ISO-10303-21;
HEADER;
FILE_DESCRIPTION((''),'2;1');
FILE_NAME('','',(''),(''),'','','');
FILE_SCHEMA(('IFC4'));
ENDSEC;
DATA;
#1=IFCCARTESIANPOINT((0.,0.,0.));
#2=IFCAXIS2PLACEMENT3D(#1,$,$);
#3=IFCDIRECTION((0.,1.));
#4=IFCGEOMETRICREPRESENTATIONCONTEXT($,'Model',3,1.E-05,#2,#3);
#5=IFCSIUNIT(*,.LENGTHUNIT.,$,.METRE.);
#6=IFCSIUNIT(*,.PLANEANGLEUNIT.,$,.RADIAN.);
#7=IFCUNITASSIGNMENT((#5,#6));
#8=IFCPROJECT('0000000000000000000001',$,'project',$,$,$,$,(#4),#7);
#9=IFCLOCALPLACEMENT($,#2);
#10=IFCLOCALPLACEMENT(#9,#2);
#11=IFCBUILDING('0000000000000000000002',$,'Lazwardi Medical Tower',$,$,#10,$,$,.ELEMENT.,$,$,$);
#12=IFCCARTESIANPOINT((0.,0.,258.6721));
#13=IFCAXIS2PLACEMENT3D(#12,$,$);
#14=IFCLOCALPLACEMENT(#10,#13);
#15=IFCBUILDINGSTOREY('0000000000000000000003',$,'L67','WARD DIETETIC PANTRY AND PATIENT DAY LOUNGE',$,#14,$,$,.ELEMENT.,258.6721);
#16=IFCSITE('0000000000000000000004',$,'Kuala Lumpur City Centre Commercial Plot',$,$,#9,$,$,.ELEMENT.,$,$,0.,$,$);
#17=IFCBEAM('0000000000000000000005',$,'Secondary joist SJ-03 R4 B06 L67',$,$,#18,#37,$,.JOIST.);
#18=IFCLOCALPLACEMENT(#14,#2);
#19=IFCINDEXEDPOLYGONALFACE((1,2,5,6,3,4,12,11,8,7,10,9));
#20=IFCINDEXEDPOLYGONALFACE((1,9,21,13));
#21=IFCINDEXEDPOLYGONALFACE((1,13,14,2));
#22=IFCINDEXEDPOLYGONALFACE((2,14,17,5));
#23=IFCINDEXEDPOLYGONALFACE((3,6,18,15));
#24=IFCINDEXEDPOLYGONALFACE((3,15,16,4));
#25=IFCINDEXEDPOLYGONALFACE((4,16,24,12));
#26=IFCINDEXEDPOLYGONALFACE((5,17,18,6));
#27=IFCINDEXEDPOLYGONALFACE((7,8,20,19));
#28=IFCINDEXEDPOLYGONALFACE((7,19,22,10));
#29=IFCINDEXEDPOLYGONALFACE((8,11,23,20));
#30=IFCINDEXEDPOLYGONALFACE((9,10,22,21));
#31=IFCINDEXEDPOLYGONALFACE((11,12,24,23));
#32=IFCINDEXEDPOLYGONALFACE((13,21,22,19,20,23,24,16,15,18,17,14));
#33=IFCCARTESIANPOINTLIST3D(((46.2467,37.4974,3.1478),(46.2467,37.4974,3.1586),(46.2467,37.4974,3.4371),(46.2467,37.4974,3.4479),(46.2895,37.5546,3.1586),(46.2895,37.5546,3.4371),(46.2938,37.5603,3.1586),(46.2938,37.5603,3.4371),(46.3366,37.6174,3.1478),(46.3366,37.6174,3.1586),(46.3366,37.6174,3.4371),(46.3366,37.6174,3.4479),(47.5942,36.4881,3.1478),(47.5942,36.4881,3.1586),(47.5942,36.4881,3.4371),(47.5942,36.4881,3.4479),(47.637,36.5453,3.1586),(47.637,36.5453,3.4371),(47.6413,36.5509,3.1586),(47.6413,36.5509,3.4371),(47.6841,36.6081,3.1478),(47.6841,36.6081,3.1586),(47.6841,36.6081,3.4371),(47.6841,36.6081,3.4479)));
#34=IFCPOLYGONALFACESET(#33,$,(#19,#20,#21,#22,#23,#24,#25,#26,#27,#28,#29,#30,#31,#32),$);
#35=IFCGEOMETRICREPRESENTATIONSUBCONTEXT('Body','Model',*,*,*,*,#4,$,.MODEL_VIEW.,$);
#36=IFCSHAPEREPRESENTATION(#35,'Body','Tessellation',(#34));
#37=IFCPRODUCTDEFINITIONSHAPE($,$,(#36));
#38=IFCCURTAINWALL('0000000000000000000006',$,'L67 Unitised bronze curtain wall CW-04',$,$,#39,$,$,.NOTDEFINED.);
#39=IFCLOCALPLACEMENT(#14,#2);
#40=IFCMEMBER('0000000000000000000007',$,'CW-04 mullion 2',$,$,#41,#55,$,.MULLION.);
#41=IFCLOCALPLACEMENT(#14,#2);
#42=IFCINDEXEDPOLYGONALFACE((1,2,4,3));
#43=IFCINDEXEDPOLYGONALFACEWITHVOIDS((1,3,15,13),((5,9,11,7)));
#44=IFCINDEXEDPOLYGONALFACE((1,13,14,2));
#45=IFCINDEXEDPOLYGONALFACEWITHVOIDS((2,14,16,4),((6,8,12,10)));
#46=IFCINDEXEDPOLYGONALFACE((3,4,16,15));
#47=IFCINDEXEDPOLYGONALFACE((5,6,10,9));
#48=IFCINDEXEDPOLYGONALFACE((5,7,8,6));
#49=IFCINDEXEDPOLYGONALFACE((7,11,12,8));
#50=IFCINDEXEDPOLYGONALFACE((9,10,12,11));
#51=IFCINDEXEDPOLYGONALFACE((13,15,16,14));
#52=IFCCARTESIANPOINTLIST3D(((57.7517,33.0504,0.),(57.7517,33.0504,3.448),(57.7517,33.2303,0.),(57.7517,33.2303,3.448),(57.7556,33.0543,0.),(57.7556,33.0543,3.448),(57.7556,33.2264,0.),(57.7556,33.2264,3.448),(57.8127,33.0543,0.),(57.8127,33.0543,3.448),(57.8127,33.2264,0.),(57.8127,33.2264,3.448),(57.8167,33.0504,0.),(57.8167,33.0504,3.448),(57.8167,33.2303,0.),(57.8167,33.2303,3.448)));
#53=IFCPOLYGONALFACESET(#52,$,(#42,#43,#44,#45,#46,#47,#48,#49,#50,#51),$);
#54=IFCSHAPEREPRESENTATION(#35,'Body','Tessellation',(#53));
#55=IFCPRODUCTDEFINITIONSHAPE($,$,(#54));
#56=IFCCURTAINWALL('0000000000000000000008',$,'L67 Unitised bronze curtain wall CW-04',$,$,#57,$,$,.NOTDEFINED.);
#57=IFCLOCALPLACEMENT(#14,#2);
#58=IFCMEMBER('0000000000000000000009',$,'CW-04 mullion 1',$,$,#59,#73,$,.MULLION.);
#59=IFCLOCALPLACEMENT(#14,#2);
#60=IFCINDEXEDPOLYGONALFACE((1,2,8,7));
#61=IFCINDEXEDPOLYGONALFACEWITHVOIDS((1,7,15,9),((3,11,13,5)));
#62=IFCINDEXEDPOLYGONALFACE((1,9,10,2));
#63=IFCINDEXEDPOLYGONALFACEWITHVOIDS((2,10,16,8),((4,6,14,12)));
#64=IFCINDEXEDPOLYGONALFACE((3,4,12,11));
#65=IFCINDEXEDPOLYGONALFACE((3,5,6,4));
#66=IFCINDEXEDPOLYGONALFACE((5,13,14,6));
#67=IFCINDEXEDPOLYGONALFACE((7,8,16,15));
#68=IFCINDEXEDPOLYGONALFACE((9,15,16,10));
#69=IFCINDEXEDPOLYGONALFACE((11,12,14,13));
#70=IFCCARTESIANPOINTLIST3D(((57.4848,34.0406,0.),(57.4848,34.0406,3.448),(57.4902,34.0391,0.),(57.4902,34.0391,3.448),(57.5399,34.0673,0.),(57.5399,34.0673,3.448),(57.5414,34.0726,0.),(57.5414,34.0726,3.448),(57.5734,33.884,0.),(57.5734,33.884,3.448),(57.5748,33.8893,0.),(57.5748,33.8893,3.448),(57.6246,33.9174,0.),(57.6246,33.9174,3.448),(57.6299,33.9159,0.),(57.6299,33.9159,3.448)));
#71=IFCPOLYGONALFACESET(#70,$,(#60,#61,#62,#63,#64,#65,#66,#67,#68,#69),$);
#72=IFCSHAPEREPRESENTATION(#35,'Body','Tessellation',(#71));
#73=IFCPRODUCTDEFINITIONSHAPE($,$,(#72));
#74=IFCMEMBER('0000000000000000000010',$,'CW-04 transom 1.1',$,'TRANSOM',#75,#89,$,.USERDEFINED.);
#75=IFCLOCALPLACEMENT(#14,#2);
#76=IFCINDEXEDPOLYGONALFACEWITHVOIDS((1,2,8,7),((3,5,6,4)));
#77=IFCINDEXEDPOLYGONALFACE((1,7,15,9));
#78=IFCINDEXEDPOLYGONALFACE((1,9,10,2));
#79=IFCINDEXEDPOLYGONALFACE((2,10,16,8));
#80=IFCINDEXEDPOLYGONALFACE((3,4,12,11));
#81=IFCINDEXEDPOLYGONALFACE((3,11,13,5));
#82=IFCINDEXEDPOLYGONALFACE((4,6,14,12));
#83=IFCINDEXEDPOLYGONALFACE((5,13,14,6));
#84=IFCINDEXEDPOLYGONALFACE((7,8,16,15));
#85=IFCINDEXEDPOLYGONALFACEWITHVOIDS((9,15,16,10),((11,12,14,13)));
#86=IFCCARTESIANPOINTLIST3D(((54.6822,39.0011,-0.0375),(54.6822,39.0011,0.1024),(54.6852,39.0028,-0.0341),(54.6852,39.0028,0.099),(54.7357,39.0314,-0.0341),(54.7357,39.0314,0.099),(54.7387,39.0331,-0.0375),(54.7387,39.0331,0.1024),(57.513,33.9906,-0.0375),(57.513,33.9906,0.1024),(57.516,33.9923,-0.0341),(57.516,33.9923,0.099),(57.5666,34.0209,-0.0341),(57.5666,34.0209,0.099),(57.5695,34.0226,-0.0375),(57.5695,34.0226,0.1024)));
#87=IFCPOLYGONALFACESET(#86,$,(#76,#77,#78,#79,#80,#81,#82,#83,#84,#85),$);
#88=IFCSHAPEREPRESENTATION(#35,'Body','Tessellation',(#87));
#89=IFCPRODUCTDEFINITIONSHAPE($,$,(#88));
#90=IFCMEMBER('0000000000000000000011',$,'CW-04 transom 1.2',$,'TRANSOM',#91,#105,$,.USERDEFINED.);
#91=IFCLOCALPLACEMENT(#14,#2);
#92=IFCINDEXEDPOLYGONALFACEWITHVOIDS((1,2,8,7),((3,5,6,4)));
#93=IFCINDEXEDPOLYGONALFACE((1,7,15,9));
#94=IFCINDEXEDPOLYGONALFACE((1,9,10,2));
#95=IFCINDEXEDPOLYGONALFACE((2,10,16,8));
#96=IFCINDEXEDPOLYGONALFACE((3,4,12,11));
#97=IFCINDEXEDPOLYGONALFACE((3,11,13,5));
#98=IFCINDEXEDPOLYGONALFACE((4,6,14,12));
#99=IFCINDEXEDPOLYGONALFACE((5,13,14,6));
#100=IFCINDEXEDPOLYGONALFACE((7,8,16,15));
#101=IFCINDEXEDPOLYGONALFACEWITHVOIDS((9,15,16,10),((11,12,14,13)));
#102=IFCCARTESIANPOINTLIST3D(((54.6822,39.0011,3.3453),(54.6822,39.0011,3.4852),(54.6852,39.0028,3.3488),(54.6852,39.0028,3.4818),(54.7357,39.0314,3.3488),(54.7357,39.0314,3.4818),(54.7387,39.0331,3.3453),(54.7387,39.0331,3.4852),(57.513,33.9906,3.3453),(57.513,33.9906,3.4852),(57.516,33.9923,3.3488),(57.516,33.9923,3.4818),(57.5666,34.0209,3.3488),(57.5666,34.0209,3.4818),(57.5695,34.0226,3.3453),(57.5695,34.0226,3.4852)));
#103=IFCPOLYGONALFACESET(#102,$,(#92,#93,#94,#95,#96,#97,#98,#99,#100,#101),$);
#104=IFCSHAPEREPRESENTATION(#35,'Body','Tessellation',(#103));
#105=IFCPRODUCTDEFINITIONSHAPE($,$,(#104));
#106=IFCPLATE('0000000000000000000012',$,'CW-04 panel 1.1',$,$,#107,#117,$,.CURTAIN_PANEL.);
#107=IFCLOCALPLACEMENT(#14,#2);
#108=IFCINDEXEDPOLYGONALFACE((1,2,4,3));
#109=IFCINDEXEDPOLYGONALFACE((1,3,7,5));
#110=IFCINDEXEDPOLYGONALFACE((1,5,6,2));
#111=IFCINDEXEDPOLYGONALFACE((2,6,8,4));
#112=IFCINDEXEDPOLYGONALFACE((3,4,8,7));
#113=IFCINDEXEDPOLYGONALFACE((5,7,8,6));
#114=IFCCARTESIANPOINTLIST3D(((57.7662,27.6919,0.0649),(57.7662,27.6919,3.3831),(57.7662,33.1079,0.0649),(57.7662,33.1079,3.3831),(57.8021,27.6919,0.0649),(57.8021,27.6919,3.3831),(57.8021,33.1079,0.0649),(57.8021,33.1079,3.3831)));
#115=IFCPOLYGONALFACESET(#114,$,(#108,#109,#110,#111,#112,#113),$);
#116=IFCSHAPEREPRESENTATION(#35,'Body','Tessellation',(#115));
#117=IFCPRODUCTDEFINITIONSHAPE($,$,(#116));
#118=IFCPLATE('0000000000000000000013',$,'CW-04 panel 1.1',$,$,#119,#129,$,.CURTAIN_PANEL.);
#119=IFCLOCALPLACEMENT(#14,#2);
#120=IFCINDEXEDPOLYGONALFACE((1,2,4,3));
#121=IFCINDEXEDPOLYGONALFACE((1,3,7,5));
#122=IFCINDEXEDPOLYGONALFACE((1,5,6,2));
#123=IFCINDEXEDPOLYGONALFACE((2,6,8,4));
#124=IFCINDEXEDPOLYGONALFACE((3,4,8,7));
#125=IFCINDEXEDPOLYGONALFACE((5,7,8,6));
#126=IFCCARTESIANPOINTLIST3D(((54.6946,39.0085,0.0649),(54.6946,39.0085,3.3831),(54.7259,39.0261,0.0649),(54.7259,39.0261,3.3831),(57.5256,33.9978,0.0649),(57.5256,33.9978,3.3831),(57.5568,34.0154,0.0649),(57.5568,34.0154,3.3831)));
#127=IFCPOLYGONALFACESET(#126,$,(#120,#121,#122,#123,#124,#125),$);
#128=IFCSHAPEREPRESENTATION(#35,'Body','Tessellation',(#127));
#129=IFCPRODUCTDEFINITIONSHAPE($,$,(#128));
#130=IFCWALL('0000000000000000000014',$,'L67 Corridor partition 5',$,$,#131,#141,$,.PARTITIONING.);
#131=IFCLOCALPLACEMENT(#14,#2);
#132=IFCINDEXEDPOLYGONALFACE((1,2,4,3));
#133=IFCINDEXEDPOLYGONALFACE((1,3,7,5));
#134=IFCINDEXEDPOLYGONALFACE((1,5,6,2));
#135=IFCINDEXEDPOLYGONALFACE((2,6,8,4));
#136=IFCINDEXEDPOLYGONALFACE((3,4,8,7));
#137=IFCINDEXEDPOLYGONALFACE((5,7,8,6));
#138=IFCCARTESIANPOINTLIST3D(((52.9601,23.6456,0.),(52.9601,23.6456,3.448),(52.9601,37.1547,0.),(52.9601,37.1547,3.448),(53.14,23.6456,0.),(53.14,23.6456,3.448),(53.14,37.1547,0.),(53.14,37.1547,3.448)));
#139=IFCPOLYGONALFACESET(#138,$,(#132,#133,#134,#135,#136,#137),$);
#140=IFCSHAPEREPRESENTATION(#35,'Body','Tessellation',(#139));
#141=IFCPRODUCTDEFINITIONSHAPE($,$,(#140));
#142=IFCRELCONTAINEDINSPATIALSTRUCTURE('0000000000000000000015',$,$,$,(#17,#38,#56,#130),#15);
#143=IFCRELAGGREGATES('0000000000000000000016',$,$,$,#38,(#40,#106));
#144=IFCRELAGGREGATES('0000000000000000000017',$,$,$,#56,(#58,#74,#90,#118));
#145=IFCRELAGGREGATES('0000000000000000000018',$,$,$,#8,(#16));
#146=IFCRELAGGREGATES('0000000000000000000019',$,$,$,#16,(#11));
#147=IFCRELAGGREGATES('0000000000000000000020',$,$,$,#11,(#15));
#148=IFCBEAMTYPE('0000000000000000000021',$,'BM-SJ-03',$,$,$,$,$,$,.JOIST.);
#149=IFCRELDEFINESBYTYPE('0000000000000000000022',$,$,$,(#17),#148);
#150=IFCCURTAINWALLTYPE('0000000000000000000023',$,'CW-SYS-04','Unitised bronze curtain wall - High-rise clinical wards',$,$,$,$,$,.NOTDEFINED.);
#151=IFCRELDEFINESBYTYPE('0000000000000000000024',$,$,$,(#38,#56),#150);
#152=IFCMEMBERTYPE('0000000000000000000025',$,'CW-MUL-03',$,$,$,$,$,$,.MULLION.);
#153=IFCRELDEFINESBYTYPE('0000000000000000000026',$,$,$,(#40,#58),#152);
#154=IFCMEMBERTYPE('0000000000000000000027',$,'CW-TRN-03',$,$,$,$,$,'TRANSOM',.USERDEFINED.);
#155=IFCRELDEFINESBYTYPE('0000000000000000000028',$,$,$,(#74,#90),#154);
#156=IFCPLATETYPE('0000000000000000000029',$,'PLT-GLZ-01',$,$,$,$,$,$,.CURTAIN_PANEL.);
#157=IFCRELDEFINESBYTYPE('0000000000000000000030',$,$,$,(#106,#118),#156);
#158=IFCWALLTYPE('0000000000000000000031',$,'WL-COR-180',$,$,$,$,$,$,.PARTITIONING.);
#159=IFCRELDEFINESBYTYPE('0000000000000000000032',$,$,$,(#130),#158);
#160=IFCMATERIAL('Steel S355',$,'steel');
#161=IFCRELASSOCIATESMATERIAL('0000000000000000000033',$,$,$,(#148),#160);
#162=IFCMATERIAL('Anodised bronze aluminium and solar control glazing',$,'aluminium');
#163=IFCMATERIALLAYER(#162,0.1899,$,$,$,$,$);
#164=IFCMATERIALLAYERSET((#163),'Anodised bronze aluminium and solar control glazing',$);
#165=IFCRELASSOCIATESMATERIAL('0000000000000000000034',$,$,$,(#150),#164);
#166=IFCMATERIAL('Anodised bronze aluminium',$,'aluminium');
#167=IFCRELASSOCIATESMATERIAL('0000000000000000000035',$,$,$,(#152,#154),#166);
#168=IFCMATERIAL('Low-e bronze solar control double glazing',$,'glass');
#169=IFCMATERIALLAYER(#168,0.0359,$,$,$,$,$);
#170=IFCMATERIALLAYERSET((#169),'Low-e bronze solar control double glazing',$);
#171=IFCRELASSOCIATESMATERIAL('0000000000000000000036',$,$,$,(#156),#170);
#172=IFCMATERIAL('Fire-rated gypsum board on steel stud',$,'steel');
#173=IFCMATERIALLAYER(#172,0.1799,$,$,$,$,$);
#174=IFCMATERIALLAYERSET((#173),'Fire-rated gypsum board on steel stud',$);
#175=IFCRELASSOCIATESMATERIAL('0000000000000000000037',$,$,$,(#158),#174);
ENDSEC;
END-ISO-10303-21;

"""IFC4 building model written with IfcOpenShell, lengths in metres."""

from ifc_helpers import new_model, si_unit, direction, frame, frame_2d, origin, origin_2d, place, context, subcontext, project, spatial, rectangle, hollow_rectangle, i_section, extrude, material, layer, layer_set, material_profile, profile_set, type_object, element, aggregate, save


model = new_model("IFC4")

# Units and contexts
model_context = context("Model", 3, precision=1e-05, world=origin(), true_north=direction((0.0, 1.0)))
body_context = subcontext(model_context, "Body", "Model", "MODEL_VIEW")
ifc_project = project(units=[si_unit("LENGTHUNIT", "METRE"), si_unit("PLANEANGLEUNIT", "RADIAN")], contexts=[model_context])

# Site, building, storey
site_placement = place(None, origin())
site = spatial("IfcSite", under=ifc_project, at=site_placement, Name="Kuala Lumpur City Centre Commercial Plot", CompositionType="ELEMENT", RefElevation=0.0)
building_placement = place(site_placement, origin())
building = spatial("IfcBuilding", under=site, at=building_placement, Name="Lazwardi Medical Tower", CompositionType="ELEMENT")
storey_placement = place(building_placement, frame((0.0, 0.0, 258.6721)))
storey = spatial("IfcBuildingStorey", under=building, at=storey_placement, Name="L67", Description="WARD DIETETIC PANTRY AND PATIENT DAY LOUNGE", CompositionType="ELEMENT", Elevation=258.6721)

# Beam
ifc_material_1 = material(Name="Steel S355", Category="steel")
ifc_material_profile_1 = material_profile(ifc_material_1, i_section(OverallWidth=0.1499, OverallDepth=0.3, WebThickness=0.0071, FlangeThickness=0.0107, at=origin_2d()), Name="IPE 300")
ifc_profile_set_1 = profile_set([ifc_material_profile_1], Name="Steel S355")
beam_type_1 = type_object("IfcBeamType", Name="BM-SJ-03", PredefinedType="JOIST", material=ifc_profile_set_1)
beam_1_placement = place(storey_placement, frame((47.6392, 36.5481, 3.2979), z_axis=(-0.800365, 0.599513, 0.0), x_axis=(-0.599513, -0.800365, 0.0)))
element("IfcBeam", 1, at=beam_1_placement, inside=storey, type_object=beam_type_1, Name="Secondary joist SJ-03 R4 B06 L67", PredefinedType="JOIST", context=body_context, shape_type="SweptSolid", body=[
    extrude(i_section(OverallWidth=0.1499, OverallDepth=0.3, WebThickness=0.0071, FlangeThickness=0.0107, at=origin_2d()), origin(), (0.0, 0.0, 1.0), 1.6836),
])

# Curtain wall, member
ifc_material_2 = material(Name="Anodised bronze aluminium and solar control glazing", Category="aluminium")
ifc_layer_1 = layer(ifc_material_2, 0.1899)
ifc_layer_set_1 = layer_set([ifc_layer_1], Name="Anodised bronze aluminium and solar control glazing")
curtain_wall_type = type_object("IfcCurtainWallType", Name="CW-SYS-04", Description="Unitised bronze curtain wall - High-rise clinical wards", PredefinedType="NOTDEFINED", material=ifc_layer_set_1)
curtain_wall_1_placement = place(storey_placement, origin())
curtain_wall_1 = element("IfcCurtainWall", 2, at=curtain_wall_1_placement, inside=storey, type_object=curtain_wall_type, Name="L67 Unitised bronze curtain wall CW-04", PredefinedType="NOTDEFINED")
ifc_material_3 = material(Name="Anodised bronze aluminium", Category="aluminium")
ifc_material_profile_2 = material_profile(ifc_material_3, hollow_rectangle(XDim=0.0649, YDim=0.1799, WallThickness=0.0039, at=origin_2d()), Name="ALU-MULLION 180x65x4")
ifc_profile_set_2 = profile_set([ifc_material_profile_2], Name="Anodised bronze aluminium")
member_type_1 = type_object("IfcMemberType", Name="CW-MUL-03", PredefinedType="MULLION", material=ifc_profile_set_2)
member_1_placement = place(storey_placement, frame((57.7842, 33.1404, 0.0), z_axis=(0.0, 0.0, 1.0), x_axis=(-1.0, 0.0, 0.0)))
member_1 = element("IfcMember", 3, at=member_1_placement, type_object=member_type_1, Name="CW-04 mullion 2", PredefinedType="MULLION", context=body_context, shape_type="SweptSolid", body=[
    extrude(hollow_rectangle(XDim=0.0649, YDim=0.1799, WallThickness=0.0039, at=origin_2d()), origin(), (0.0, 0.0, 1.0), 3.448),
])

# Curtain wall, members
curtain_wall_2_placement = place(storey_placement, origin())
curtain_wall_2 = element("IfcCurtainWall", 4, at=curtain_wall_2_placement, inside=storey, type_object=curtain_wall_type, Name="L67 Unitised bronze curtain wall CW-04", PredefinedType="NOTDEFINED")
member_2_placement = place(storey_placement, frame((57.5574, 33.9783, 0.0), z_axis=(0.0, 0.0, 1.0), x_axis=(-0.870651, -0.4919, 0.0)))
member_2 = element("IfcMember", 5, at=member_2_placement, type_object=member_type_1, Name="CW-04 mullion 1", PredefinedType="MULLION", context=body_context, shape_type="SweptSolid", body=[
    extrude(hollow_rectangle(XDim=0.0649, YDim=0.1799, WallThickness=0.0039, at=origin_2d()), origin(), (0.0, 0.0, 1.0), 3.448),
])
ifc_material_profile_3 = material_profile(ifc_material_3, hollow_rectangle(XDim=0.0649, YDim=0.1399, WallThickness=0.0034, at=origin_2d()), Name="ALU-TRANSOM 140x65x3.5")
ifc_profile_set_3 = profile_set([ifc_material_profile_3], Name="Anodised bronze aluminium")
member_type_2 = type_object("IfcMemberType", Name="CW-TRN-03", ElementType="TRANSOM", PredefinedType="USERDEFINED", material=ifc_profile_set_3)
member_3_placement = place(storey_placement, frame((57.5413, 34.0066, 0.0325), z_axis=(-0.491898, 0.870653, 0.0), x_axis=(-0.870653, -0.491898, 0.0)))
member_3 = element("IfcMember", 6, at=member_3_placement, type_object=member_type_2, Name="CW-04 transom 1.1", ObjectType="TRANSOM", PredefinedType="USERDEFINED", context=body_context, shape_type="SweptSolid", body=[
    extrude(hollow_rectangle(XDim=0.0649, YDim=0.1399, WallThickness=0.0034, at=origin_2d()), origin(), (0.0, 0.0, 1.0), 5.7549),
])
member_4_placement = place(storey_placement, frame((57.5413, 34.0066, 3.4153), z_axis=(-0.491898, 0.870653, 0.0), x_axis=(-0.870653, -0.491898, 0.0)))
member_4 = element("IfcMember", 7, at=member_4_placement, type_object=member_type_2, Name="CW-04 transom 1.2", ObjectType="TRANSOM", PredefinedType="USERDEFINED", context=body_context, shape_type="SweptSolid", body=[
    extrude(hollow_rectangle(XDim=0.0649, YDim=0.1399, WallThickness=0.0034, at=origin_2d()), origin(), (0.0, 0.0, 1.0), 5.7549),
])

# Plates
ifc_material_4 = material(Name="Low-e bronze solar control double glazing", Category="glass")
ifc_layer_2 = layer(ifc_material_4, 0.0359)
ifc_layer_set_2 = layer_set([ifc_layer_2], Name="Low-e bronze solar control double glazing")
plate_type = type_object("IfcPlateType", Name="PLT-GLZ-01", PredefinedType="CURTAIN_PANEL", material=ifc_layer_set_2)
plate_1_placement = place(storey_placement, frame((57.7842, 30.3999, 0.0649), z_axis=(0.0, 0.0, 1.0), x_axis=(0.0, 1.0, 0.0)))
plate_1 = element("IfcPlate", 8, at=plate_1_placement, type_object=plate_type, Name="CW-04 panel 1.1", PredefinedType="CURTAIN_PANEL", context=body_context, shape_type="SweptSolid", body=[
    extrude(rectangle(XDim=5.416, YDim=0.0359, at=origin_2d()), origin(), (0.0, 0.0, 1.0), 3.3181),
])
aggregate(curtain_wall_1, [member_1, plate_1])
plate_2_placement = place(storey_placement, frame((56.1257, 36.512, 0.0649), z_axis=(0.0, 0.0, 1.0), x_axis=(-0.4919, 0.870651, 0.0)))
plate_2 = element("IfcPlate", 9, at=plate_2_placement, type_object=plate_type, Name="CW-04 panel 1.1", PredefinedType="CURTAIN_PANEL", context=body_context, shape_type="SweptSolid", body=[
    extrude(rectangle(XDim=5.7551, YDim=0.0359, at=origin_2d()), origin(), (0.0, 0.0, 1.0), 3.3181),
])
aggregate(curtain_wall_2, [member_2, member_3, member_4, plate_2])

# Wall
ifc_material_5 = material(Name="Fire-rated gypsum board on steel stud", Category="steel")
ifc_layer_3 = layer(ifc_material_5, 0.1799)
ifc_layer_set_3 = layer_set([ifc_layer_3], Name="Fire-rated gypsum board on steel stud")
wall_type_1 = type_object("IfcWallType", Name="WL-COR-180", PredefinedType="PARTITIONING", material=ifc_layer_set_3)
wall_1_placement = place(storey_placement, frame((53.05, 37.1545, 0.0), z_axis=(0.0, 0.0, 1.0), x_axis=(0.0, -1.0, 0.0)))
element("IfcWall", 10, at=wall_1_placement, inside=storey, type_object=wall_type_1, Name="L67 Corridor partition 5", PredefinedType="PARTITIONING", context=body_context, shape_type="SweptSolid", body=[
    extrude(rectangle(XDim=13.509, YDim=0.1799, at=frame_2d((6.7544, 0.0))), origin(), (0.0, 0.0, 1.0), 3.448),
])

save(model, "model.ifc")
